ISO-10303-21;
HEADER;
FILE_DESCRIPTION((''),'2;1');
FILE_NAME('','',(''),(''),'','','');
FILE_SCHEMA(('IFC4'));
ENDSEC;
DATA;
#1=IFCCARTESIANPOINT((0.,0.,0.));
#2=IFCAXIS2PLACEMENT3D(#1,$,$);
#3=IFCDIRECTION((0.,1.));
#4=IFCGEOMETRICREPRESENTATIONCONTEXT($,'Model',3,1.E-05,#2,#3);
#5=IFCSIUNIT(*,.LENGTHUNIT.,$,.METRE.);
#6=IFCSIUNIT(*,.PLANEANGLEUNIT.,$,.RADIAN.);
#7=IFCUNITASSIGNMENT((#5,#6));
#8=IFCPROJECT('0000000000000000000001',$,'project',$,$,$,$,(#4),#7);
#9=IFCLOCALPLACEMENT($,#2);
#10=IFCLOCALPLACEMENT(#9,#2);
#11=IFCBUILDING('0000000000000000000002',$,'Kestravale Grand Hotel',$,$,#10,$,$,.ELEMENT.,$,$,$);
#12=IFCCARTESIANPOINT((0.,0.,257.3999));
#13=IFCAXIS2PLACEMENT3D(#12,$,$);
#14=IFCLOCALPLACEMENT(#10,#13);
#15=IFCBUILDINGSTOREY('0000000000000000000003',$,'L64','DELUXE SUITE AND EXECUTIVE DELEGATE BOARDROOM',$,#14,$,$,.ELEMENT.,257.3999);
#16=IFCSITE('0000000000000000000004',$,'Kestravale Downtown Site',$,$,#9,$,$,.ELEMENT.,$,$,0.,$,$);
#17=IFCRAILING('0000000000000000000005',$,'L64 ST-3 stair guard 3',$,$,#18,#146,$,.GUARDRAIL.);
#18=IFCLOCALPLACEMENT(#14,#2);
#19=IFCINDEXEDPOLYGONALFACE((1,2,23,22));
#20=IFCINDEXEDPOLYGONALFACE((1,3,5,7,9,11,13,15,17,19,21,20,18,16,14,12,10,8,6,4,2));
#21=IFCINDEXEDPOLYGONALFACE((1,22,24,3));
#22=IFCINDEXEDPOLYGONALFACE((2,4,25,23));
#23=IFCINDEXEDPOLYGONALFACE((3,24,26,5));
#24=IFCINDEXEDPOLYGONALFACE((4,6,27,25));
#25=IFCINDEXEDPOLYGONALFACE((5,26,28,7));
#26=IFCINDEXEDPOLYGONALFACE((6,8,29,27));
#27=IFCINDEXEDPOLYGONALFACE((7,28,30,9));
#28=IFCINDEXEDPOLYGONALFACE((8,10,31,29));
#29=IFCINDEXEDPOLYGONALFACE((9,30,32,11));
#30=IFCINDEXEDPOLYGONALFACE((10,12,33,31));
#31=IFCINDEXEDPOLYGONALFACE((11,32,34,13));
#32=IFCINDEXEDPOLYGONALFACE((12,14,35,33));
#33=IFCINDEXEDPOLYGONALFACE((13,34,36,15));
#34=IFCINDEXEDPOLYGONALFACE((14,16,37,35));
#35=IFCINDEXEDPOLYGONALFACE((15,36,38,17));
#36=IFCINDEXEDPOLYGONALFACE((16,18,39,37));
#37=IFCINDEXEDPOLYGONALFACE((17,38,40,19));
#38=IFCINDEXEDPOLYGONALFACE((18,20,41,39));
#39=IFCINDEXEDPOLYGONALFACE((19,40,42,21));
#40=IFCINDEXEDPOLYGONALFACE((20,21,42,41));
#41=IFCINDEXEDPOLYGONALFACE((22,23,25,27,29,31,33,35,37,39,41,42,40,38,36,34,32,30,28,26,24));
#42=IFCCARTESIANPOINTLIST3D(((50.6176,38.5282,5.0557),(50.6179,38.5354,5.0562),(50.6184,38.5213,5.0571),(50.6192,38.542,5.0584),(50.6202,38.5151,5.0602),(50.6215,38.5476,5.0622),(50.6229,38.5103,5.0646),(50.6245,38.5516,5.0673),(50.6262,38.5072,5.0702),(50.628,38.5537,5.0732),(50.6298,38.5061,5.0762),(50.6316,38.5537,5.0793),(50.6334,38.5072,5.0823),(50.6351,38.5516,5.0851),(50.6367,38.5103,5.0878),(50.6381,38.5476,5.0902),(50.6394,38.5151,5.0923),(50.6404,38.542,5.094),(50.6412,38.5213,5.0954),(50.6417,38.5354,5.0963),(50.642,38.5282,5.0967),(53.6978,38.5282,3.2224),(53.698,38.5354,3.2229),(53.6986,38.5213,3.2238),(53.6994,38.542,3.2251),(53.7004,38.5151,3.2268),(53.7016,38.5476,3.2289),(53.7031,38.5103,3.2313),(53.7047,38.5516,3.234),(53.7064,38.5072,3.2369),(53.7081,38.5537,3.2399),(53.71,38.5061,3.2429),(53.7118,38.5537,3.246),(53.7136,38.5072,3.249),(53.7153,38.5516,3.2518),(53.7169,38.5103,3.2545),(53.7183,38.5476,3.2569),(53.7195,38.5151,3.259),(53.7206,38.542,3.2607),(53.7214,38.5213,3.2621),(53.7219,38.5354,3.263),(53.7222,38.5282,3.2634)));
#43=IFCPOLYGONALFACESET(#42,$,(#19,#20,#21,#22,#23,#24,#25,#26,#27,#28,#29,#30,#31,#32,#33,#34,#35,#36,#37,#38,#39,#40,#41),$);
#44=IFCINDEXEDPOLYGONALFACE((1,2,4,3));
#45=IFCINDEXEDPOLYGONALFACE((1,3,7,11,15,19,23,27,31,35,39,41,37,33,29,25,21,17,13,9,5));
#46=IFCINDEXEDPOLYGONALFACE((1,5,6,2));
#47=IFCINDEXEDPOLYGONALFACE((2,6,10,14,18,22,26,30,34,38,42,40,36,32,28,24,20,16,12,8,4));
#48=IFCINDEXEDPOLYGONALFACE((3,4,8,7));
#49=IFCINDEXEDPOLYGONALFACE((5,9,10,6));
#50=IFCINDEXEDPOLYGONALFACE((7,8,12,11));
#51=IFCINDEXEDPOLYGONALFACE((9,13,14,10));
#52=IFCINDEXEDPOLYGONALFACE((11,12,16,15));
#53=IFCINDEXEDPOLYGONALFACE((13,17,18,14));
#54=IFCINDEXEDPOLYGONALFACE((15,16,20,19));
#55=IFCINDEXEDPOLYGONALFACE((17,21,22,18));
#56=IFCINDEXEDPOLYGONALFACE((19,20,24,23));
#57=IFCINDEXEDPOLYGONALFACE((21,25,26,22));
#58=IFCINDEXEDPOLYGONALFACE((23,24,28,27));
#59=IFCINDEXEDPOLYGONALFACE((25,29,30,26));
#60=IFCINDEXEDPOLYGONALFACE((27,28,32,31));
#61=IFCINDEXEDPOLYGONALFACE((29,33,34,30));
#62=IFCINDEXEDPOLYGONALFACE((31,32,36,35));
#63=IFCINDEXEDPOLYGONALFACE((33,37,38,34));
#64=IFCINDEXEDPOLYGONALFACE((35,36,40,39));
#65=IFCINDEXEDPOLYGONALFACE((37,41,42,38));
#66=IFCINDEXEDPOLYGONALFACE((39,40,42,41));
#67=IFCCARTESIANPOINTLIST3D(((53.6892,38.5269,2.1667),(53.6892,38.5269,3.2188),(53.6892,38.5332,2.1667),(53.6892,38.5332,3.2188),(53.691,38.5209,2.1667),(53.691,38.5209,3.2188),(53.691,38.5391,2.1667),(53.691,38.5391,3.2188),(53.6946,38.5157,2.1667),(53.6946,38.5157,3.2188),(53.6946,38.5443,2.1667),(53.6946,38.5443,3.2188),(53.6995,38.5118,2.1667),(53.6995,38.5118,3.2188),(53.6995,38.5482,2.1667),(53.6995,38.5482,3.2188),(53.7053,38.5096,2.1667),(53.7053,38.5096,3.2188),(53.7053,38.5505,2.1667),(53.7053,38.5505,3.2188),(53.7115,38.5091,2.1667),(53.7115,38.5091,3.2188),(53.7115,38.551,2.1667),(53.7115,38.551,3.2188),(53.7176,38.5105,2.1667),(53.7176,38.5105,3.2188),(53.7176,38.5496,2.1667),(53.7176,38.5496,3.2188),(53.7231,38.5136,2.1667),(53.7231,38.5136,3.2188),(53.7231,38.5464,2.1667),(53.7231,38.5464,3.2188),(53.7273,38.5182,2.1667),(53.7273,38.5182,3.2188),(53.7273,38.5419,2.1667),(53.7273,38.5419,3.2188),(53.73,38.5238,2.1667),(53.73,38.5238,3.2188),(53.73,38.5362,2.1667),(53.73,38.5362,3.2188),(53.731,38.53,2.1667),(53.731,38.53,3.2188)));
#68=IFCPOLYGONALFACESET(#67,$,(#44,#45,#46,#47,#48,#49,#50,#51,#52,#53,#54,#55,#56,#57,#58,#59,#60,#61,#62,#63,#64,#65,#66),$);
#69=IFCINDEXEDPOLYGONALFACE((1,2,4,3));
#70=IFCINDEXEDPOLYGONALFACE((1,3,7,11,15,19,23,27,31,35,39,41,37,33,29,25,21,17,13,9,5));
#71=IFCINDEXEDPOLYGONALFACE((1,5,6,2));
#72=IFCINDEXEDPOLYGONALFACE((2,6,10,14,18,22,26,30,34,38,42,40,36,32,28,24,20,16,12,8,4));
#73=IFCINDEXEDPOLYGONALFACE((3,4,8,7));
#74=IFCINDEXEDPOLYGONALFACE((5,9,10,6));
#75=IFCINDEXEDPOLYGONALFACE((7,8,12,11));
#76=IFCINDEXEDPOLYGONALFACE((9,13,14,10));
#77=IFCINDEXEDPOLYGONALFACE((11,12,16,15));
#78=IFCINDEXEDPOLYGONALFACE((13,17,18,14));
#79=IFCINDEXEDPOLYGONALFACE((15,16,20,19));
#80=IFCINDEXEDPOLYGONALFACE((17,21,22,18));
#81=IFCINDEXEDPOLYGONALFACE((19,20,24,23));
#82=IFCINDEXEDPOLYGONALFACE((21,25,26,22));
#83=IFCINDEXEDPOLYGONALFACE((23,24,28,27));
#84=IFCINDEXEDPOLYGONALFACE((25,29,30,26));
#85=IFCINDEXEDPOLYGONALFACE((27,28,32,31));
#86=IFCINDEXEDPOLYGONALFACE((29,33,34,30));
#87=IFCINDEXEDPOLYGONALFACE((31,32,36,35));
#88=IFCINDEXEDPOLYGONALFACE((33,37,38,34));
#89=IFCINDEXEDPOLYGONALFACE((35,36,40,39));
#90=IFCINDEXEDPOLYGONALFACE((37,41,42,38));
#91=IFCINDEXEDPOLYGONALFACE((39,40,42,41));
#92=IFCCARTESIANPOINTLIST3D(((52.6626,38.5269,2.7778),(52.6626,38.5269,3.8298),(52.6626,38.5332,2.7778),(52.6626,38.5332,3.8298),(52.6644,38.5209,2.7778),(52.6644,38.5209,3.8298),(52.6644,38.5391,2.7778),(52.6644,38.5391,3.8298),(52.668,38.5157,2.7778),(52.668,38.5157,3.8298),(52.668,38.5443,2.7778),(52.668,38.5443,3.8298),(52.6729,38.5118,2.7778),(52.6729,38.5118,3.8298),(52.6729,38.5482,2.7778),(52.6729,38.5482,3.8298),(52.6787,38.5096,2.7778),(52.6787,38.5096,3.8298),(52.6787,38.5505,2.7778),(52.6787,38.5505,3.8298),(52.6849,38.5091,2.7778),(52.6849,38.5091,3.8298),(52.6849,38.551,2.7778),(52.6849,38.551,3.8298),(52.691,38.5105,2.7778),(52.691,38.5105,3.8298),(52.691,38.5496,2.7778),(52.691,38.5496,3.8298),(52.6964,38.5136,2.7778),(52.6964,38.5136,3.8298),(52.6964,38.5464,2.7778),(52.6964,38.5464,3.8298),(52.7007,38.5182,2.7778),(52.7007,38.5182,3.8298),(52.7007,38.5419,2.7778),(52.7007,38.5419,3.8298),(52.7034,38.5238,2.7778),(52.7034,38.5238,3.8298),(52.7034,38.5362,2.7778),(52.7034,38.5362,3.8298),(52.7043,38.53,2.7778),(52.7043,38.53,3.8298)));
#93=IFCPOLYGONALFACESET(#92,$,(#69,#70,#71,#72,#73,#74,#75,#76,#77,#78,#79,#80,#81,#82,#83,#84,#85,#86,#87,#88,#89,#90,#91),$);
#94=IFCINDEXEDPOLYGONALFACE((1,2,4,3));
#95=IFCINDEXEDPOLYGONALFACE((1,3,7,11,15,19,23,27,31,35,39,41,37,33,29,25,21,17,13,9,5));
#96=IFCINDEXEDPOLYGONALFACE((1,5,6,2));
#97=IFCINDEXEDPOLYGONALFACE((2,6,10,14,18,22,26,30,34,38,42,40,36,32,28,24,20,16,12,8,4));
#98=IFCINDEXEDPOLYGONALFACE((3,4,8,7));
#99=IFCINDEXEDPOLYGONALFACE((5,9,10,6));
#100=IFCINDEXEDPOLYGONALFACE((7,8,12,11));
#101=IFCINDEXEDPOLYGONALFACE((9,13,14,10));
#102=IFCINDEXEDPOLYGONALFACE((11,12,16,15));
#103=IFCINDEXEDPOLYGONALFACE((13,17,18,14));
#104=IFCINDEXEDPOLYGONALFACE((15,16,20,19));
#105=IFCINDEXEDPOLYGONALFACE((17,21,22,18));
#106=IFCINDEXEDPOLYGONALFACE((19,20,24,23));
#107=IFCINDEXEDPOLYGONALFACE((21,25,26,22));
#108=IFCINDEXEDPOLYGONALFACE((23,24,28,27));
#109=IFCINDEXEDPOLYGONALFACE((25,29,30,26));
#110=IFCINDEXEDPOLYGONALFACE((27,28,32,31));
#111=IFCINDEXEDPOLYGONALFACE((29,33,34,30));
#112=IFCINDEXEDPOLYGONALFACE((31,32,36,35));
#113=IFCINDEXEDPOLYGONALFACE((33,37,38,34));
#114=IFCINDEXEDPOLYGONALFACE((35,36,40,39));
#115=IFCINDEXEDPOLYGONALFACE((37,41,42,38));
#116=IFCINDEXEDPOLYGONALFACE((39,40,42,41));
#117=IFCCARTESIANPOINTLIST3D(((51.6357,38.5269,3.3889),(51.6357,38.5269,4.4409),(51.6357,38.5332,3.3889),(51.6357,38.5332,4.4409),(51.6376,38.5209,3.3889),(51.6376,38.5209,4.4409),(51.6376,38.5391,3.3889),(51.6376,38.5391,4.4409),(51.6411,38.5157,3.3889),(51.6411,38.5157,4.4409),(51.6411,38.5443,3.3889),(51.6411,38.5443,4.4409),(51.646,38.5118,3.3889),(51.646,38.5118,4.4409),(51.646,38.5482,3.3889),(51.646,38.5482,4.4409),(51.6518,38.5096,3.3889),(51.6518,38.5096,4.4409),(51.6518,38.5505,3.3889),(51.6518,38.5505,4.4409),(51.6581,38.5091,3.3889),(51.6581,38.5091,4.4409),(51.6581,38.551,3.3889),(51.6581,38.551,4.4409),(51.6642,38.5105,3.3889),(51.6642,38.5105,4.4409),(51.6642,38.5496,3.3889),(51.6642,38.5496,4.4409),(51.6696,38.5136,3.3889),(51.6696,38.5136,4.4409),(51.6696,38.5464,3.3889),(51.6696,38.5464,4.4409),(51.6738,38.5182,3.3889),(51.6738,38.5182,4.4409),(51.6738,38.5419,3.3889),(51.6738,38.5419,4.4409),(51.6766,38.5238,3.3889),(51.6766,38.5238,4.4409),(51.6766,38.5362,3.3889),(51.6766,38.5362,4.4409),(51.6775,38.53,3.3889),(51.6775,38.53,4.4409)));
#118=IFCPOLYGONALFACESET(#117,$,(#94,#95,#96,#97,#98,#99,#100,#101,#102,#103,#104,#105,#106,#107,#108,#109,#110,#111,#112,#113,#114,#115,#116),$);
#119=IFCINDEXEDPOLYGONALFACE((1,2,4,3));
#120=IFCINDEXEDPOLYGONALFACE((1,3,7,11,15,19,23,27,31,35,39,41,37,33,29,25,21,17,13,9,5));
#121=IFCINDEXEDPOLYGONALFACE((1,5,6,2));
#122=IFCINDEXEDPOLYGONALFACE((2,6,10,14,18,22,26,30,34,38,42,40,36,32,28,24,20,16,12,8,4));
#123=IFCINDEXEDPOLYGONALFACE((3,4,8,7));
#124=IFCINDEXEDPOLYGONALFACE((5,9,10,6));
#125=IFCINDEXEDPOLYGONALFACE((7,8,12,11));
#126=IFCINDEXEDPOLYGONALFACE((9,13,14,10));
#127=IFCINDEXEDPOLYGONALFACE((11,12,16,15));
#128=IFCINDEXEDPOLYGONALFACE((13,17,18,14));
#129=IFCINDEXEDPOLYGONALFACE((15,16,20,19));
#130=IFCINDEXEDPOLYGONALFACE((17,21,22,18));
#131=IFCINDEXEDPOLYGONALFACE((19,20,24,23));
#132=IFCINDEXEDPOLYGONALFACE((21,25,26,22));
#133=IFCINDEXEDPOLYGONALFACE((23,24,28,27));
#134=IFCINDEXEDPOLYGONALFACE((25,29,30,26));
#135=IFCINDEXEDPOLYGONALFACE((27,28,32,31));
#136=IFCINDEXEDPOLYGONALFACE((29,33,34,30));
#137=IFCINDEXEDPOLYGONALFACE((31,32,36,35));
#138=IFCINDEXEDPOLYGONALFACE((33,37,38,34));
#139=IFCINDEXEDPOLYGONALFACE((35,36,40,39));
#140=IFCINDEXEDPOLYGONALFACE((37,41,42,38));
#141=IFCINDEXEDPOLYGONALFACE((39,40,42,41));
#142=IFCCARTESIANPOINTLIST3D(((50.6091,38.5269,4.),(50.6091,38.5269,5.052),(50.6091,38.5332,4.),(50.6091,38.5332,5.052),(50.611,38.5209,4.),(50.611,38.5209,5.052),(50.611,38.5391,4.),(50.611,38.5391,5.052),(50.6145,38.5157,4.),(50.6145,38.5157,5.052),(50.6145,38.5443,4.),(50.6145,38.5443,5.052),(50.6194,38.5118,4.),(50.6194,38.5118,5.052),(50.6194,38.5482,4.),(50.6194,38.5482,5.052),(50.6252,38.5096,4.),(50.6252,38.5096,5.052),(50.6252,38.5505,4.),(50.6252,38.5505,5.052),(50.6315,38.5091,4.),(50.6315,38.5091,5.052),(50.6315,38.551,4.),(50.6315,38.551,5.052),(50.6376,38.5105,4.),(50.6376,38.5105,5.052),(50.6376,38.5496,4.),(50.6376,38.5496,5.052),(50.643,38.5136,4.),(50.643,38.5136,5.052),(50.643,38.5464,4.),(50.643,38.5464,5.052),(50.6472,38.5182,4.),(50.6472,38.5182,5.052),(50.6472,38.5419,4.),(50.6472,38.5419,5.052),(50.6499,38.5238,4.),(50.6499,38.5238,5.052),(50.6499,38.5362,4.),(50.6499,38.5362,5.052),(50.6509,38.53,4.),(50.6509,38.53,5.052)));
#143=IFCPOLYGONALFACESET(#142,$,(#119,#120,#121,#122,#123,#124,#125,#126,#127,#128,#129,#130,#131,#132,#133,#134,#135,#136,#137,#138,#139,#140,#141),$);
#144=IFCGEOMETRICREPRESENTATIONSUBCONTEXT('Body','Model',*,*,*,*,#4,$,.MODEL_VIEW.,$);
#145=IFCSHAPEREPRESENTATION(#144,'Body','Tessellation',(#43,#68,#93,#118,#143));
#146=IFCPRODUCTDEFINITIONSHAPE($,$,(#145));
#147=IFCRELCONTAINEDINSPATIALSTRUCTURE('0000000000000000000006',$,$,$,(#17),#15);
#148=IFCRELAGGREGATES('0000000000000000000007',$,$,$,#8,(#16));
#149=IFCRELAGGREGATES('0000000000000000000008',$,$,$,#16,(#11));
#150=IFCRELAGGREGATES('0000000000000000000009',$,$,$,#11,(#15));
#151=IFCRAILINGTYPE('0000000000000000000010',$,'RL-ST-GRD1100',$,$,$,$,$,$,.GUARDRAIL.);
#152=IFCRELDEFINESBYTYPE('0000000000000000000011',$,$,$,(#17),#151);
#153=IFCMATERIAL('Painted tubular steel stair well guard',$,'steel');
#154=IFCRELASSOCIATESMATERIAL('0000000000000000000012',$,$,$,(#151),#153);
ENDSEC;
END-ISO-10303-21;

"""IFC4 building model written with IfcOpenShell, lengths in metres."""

from ifc_helpers import new_model, si_unit, direction, frame, origin, origin_2d, place, context, subcontext, project, spatial, circle, extrude, material, type_object, element, save


model = new_model("IFC4")

# Units and contexts
model_context = context("Model", 3, precision=1e-05, world=origin(), true_north=direction((0.0, 1.0)))
body_context = subcontext(model_context, "Body", "Model", "MODEL_VIEW")
ifc_project = project(units=[si_unit("LENGTHUNIT", "METRE"), si_unit("PLANEANGLEUNIT", "RADIAN")], contexts=[model_context])

# Site, building, storey
site_placement = place(None, origin())
site = spatial("IfcSite", under=ifc_project, at=site_placement, Name="Kestravale Downtown Site", CompositionType="ELEMENT", RefElevation=0.0)
building_placement = place(site_placement, origin())
building = spatial("IfcBuilding", under=site, at=building_placement, Name="Kestravale Grand Hotel", CompositionType="ELEMENT")
storey_placement = place(building_placement, frame((0.0, 0.0, 257.3999)))
storey = spatial("IfcBuildingStorey", under=building, at=storey_placement, Name="L64", Description="DELUXE SUITE AND EXECUTIVE DELEGATE BOARDROOM", CompositionType="ELEMENT", Elevation=257.3999)

# Railing
ifc_material_1 = material(Name="Painted tubular steel stair well guard", Category="steel")
railing_type_1 = type_object("IfcRailingType", Name="RL-ST-GRD1100", PredefinedType="GUARDRAIL", material=ifc_material_1)
railing_1_placement = place(storey_placement, frame((53.71, 38.53, 2.1667)))
element("IfcRailing", 1, at=railing_1_placement, inside=storey, type_object=railing_type_1, Name="L64 ST-3 stair guard 3", PredefinedType="GUARDRAIL", context=body_context, shape_type="SweptSolid", body=[
    extrude(circle(Radius=0.0239, at=origin_2d()), frame((0.0, 0.0, 1.0762), z_axis=(-0.859309, 0.0, 0.511458), x_axis=(0.0, -1.0, 0.0)), (0.0, 0.0, 1.0), 3.5845),
    extrude(circle(Radius=0.021, at=origin_2d()), origin(), (0.0, 0.0, 1.0), 1.052),
    extrude(circle(Radius=0.021, at=origin_2d()), frame((-1.0266, 0.0, 0.6111)), (0.0, 0.0, 1.0), 1.052),
    extrude(circle(Radius=0.021, at=origin_2d()), frame((-2.0535, 0.0, 1.2222)), (0.0, 0.0, 1.0), 1.052),
    extrude(circle(Radius=0.021, at=origin_2d()), frame((-3.0801, 0.0, 1.8333)), (0.0, 0.0, 1.0), 1.052),
])

save(model, "model.ifc")
